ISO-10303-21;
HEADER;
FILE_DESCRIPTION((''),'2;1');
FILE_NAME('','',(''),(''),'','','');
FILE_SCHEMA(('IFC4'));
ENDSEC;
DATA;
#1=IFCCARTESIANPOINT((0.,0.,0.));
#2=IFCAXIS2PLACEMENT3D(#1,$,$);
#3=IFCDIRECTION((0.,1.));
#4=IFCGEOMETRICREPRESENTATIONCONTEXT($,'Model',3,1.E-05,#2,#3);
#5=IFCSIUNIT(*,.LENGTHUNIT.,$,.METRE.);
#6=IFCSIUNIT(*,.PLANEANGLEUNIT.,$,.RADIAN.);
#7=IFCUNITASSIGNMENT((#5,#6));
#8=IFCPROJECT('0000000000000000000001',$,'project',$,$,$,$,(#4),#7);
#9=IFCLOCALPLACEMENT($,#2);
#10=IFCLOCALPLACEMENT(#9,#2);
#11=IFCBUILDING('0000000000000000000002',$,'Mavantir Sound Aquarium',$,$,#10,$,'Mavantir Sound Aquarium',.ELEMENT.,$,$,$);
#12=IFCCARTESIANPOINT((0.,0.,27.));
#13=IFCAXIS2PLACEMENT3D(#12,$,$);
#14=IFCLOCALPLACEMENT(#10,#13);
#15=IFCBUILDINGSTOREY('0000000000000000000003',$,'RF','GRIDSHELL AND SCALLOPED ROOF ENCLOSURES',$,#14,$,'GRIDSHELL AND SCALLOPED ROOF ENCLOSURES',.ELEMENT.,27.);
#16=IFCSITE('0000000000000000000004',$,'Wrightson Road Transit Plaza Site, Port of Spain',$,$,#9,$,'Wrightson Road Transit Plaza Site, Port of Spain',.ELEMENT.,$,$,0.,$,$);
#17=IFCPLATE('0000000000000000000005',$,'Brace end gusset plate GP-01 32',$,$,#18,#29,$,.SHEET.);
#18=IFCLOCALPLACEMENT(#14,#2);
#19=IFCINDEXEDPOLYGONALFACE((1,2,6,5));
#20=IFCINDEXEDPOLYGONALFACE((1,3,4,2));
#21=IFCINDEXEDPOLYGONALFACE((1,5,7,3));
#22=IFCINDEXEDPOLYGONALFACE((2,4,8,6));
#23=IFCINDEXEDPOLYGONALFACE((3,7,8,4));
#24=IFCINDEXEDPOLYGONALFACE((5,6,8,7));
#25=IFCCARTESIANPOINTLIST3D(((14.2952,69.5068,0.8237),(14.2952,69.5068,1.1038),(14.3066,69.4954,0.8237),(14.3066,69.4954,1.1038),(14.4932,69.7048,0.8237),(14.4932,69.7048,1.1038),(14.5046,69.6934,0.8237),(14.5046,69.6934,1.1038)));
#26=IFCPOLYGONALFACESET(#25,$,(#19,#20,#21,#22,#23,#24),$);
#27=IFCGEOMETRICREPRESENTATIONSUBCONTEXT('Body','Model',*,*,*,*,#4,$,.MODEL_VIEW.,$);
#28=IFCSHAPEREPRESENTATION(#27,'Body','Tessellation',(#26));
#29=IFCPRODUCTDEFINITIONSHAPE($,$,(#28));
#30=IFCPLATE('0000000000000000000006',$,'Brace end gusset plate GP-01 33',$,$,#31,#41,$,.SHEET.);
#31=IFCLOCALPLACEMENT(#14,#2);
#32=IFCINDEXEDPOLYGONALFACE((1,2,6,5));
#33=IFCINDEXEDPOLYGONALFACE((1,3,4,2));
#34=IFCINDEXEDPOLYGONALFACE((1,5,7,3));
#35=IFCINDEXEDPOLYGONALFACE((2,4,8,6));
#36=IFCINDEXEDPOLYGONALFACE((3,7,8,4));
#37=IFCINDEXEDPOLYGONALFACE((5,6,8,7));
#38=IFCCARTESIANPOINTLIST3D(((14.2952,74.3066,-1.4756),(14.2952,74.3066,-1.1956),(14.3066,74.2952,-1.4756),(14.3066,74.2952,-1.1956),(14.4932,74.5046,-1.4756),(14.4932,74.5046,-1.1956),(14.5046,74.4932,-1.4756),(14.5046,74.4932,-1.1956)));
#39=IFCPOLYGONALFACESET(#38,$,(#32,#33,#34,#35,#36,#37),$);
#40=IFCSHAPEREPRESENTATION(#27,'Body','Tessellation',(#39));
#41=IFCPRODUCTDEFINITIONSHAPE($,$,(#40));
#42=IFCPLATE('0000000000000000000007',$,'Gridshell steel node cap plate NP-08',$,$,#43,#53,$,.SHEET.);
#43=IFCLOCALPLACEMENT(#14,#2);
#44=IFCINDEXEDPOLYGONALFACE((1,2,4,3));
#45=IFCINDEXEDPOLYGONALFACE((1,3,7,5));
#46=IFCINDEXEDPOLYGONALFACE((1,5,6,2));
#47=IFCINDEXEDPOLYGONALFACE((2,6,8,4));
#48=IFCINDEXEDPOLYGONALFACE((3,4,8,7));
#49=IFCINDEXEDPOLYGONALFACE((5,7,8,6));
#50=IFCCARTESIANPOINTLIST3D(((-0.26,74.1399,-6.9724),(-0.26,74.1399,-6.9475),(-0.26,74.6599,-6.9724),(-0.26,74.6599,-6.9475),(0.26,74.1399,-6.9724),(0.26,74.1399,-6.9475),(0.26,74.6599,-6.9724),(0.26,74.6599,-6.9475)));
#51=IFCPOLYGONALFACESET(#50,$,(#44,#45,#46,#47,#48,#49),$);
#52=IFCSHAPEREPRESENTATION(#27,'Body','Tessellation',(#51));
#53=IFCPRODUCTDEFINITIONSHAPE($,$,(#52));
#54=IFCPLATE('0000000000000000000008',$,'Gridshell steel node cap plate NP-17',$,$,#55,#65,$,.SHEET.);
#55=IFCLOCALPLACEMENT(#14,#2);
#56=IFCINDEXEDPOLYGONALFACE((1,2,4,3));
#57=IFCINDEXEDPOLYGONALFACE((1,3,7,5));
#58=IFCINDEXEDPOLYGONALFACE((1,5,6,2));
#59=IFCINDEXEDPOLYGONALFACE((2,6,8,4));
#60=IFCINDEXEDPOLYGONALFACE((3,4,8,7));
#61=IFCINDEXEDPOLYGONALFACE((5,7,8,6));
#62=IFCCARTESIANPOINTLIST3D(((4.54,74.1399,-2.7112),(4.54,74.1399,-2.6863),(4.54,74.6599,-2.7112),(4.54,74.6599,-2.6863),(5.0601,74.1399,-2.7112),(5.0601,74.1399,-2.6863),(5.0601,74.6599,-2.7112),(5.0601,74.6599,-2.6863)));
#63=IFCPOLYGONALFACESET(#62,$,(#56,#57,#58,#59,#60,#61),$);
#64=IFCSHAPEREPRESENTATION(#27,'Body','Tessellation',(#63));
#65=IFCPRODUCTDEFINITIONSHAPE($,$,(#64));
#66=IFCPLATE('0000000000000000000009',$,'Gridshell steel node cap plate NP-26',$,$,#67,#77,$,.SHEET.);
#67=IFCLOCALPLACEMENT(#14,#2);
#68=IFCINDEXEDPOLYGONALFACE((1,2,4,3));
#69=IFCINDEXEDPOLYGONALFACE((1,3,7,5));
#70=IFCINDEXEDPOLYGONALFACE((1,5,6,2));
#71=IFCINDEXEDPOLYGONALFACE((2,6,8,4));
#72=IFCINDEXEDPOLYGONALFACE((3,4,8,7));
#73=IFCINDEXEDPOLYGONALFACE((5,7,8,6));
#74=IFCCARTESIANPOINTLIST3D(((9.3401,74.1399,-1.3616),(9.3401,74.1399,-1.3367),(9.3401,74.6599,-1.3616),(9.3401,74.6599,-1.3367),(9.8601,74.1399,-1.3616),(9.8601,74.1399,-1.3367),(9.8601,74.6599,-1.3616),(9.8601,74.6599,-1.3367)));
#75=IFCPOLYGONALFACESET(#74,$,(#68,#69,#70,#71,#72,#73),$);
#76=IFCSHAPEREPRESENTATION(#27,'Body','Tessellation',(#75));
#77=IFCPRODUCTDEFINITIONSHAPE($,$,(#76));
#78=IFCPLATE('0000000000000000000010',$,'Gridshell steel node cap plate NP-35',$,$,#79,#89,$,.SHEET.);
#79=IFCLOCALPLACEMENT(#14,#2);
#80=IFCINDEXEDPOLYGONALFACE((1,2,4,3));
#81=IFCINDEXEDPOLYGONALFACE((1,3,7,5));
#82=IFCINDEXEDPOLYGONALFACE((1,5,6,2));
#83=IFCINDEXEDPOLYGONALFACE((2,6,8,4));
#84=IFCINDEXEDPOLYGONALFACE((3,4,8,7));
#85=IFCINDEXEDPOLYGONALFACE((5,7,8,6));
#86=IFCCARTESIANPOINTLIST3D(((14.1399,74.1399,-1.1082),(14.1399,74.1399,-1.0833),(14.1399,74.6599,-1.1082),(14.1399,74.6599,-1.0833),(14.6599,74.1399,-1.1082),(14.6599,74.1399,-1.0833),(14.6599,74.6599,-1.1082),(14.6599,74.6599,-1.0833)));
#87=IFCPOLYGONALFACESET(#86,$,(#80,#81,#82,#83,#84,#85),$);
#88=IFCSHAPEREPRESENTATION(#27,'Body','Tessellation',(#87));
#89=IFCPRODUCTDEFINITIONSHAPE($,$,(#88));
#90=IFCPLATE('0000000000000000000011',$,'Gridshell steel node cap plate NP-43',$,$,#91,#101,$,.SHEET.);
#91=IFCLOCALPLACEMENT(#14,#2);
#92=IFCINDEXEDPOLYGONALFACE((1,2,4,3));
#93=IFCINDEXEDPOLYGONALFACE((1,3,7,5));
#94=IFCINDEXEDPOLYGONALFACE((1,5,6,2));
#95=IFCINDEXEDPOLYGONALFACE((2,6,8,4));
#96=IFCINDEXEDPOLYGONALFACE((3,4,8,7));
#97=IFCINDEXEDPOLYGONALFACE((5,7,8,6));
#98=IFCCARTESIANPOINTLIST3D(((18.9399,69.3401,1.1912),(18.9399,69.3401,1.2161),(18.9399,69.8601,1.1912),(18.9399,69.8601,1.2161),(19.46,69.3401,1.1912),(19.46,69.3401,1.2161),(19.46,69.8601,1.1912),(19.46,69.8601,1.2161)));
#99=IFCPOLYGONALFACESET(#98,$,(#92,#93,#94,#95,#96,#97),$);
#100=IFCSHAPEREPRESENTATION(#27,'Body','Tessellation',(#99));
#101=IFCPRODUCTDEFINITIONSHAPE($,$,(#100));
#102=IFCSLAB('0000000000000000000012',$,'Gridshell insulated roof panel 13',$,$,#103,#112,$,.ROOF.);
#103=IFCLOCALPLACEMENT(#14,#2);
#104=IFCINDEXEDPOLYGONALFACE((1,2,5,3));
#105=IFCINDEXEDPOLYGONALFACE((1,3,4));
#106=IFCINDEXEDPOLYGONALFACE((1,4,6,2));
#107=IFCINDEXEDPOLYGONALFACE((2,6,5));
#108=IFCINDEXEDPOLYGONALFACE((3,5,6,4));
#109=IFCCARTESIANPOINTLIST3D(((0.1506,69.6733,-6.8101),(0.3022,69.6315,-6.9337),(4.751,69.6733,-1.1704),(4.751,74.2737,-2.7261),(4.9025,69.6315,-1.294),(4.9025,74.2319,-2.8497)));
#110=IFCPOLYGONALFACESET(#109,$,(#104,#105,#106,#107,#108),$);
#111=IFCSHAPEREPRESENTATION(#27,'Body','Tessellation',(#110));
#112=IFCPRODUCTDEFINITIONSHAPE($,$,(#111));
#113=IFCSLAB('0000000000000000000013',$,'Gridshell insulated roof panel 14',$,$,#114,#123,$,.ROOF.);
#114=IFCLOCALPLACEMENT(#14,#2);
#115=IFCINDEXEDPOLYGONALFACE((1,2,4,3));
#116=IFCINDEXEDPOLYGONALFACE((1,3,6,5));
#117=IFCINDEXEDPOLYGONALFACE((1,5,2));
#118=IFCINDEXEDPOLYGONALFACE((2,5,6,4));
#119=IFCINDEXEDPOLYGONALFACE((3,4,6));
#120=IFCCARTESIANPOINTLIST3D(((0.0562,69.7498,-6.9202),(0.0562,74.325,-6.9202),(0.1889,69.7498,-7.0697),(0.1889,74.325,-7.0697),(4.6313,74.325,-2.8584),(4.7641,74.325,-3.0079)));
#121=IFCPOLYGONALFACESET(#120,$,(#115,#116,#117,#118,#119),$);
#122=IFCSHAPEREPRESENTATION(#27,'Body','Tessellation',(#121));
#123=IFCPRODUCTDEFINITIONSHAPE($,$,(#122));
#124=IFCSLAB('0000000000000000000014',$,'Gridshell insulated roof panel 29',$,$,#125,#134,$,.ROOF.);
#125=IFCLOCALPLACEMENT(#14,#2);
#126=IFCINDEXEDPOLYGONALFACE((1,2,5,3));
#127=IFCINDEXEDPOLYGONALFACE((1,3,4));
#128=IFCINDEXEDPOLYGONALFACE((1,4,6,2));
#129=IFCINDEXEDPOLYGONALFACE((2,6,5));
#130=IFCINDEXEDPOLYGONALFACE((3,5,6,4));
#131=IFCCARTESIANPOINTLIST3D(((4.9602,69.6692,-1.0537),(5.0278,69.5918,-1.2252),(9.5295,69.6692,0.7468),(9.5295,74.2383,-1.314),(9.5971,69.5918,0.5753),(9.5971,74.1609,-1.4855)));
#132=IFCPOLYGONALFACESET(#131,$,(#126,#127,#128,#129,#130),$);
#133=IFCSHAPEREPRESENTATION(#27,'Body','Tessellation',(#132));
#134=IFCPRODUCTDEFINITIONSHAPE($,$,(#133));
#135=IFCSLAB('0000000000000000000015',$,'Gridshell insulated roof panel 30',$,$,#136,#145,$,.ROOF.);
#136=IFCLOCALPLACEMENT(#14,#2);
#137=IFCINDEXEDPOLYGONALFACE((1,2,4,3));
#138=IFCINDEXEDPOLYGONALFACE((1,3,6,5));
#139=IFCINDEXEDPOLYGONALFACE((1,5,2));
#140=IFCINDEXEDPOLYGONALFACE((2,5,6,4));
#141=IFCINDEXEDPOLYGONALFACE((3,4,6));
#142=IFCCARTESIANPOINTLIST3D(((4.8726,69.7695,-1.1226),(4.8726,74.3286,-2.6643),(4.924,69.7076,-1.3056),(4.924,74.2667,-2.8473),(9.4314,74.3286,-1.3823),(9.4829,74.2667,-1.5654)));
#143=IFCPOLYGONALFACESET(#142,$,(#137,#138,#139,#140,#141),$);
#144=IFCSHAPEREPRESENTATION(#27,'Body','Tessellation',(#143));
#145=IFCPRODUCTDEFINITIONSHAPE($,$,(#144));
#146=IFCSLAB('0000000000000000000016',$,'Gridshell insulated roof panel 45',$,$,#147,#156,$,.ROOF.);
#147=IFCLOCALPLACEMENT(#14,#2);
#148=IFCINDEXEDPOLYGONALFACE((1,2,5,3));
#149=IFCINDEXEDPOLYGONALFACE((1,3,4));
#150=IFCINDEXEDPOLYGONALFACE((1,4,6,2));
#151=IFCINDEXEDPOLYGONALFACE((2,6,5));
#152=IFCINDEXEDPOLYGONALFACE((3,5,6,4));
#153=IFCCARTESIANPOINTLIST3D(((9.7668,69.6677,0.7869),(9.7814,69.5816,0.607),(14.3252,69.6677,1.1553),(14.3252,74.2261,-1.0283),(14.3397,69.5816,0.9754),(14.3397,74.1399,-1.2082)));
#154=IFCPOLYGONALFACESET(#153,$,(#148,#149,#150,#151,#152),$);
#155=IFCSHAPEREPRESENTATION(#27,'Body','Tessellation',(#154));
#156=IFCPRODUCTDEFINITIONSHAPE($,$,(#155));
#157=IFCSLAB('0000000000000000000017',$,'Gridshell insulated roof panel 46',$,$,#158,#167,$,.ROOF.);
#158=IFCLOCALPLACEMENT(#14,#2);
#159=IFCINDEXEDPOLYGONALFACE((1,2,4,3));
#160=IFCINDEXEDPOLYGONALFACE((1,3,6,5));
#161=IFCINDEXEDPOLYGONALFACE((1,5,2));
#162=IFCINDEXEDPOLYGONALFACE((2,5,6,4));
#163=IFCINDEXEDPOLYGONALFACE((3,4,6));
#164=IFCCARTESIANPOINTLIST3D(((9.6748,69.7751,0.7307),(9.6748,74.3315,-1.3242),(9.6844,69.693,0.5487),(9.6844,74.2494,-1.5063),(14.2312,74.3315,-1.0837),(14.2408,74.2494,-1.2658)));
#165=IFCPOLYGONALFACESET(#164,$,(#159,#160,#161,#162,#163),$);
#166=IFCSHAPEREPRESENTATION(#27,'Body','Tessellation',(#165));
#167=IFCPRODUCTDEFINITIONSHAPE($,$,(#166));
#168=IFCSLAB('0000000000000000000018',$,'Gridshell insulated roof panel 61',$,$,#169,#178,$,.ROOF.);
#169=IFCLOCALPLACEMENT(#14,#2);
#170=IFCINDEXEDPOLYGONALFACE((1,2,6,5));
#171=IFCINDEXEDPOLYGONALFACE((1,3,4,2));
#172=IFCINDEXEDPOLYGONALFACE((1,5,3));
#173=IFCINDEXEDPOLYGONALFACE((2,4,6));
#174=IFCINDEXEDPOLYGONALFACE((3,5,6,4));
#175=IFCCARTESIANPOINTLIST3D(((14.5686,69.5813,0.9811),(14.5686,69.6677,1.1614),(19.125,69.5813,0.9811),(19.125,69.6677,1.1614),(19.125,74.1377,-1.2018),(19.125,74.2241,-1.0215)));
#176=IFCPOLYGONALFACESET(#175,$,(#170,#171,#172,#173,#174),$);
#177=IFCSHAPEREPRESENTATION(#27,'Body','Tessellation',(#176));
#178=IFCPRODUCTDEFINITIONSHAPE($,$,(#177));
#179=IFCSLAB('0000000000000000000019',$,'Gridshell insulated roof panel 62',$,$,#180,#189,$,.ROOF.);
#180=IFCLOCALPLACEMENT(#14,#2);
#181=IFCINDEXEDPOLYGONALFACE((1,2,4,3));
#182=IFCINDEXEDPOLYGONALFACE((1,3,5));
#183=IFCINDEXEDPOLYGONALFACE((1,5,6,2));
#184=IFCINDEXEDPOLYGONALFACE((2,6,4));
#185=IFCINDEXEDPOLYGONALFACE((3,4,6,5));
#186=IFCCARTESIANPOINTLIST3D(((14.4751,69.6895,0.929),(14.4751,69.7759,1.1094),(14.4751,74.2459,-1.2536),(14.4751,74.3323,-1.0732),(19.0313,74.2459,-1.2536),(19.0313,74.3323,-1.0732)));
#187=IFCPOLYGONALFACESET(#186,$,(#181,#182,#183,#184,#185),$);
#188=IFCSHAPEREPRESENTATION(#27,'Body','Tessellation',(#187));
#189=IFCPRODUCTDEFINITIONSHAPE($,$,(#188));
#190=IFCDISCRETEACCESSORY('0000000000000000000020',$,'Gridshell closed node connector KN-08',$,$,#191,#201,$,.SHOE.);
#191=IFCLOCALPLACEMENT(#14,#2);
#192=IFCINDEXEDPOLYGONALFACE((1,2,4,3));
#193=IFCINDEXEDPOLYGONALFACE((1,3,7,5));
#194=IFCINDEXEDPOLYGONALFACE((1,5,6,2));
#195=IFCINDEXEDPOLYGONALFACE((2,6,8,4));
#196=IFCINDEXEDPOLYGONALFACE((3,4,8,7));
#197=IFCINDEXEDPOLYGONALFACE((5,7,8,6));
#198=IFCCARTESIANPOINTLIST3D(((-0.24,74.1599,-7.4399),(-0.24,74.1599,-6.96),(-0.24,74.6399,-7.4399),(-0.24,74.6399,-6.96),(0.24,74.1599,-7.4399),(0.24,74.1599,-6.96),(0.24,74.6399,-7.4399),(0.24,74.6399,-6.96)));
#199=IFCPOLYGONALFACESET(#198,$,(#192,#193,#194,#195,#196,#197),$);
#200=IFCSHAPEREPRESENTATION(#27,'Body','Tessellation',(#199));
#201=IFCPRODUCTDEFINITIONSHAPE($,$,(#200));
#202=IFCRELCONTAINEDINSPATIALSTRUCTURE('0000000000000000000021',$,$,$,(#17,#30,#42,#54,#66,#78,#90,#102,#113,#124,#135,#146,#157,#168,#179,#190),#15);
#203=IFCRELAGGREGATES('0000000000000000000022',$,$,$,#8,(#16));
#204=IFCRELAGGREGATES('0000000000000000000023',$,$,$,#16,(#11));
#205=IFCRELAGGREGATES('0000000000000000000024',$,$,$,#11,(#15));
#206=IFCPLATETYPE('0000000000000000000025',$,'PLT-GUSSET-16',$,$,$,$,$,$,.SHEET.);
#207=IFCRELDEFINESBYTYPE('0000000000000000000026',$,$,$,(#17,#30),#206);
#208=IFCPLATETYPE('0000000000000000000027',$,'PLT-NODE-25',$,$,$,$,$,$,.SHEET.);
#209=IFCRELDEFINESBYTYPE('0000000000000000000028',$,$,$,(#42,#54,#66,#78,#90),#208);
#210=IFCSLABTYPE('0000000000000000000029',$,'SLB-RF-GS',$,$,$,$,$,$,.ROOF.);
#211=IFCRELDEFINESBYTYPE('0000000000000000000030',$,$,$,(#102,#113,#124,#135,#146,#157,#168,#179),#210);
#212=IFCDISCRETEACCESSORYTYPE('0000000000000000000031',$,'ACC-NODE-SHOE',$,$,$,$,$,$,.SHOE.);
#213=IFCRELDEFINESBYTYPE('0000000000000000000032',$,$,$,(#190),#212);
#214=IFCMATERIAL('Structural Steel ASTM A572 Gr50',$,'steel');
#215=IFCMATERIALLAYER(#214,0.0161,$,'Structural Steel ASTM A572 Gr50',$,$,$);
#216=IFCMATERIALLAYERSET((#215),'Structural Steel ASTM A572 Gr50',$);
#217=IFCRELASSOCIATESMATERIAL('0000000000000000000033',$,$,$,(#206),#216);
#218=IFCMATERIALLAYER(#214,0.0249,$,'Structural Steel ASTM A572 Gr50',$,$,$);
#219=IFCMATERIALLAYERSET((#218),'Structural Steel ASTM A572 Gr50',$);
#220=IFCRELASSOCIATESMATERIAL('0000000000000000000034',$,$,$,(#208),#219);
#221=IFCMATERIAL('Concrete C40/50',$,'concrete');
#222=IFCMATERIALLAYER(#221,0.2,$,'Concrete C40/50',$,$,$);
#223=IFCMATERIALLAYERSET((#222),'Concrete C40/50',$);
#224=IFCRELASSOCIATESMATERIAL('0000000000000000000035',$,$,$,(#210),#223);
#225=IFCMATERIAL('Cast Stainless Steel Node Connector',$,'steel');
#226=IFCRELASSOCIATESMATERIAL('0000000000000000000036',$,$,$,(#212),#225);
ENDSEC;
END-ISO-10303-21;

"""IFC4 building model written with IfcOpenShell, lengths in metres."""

from ifc_helpers import new_model, si_unit, direction, frame, origin, origin_2d, place, context, subcontext, project, spatial, polyline, rectangle, outline, extrude, material, layer, layer_set, type_object, element, save


model = new_model("IFC4")

# Units and contexts
model_context = context("Model", 3, precision=1e-05, world=origin(), true_north=direction((0.0, 1.0)))
body_context = subcontext(model_context, "Body", "Model", "MODEL_VIEW")
ifc_project = project(units=[si_unit("LENGTHUNIT", "METRE"), si_unit("PLANEANGLEUNIT", "RADIAN")], contexts=[model_context])

# Site, building, storey
site_placement = place(None, origin())
site = spatial("IfcSite", under=ifc_project, at=site_placement, Name="Wrightson Road Transit Plaza Site, Port of Spain", LongName="Wrightson Road Transit Plaza Site, Port of Spain", CompositionType="ELEMENT", RefElevation=0.0)
building_placement = place(site_placement, origin())
building = spatial("IfcBuilding", under=site, at=building_placement, Name="Mavantir Sound Aquarium", LongName="Mavantir Sound Aquarium", CompositionType="ELEMENT")
storey_placement = place(building_placement, frame((0.0, 0.0, 27.0)))
storey = spatial("IfcBuildingStorey", under=building, at=storey_placement, Name="RF", Description="GRIDSHELL AND SCALLOPED ROOF ENCLOSURES", LongName="GRIDSHELL AND SCALLOPED ROOF ENCLOSURES", CompositionType="ELEMENT", Elevation=27.0)

# Plates
ifc_material_1 = material(Name="Structural Steel ASTM A572 Gr50", Category="steel")
ifc_layer_1 = layer(ifc_material_1, 0.0161, Name="Structural Steel ASTM A572 Gr50")
ifc_layer_set_1 = layer_set([ifc_layer_1], Name="Structural Steel ASTM A572 Gr50")
plate_type_1 = type_object("IfcPlateType", Name="PLT-GUSSET-16", PredefinedType="SHEET", material=ifc_layer_set_1)
for number, where, z_axis, x_axis, name in (
    (1, (14.3999, 69.6001, 0.8237), (0.0, 0.0, 1.0), (0.707107, 0.707107, 0.0), "Brace end gusset plate GP-01 32"),
    (2, (14.3999, 74.3999, -1.4756), (0.0, 0.0, 1.0), (0.707107, 0.707107, 0.0), "Brace end gusset plate GP-01 33"),
):
    element("IfcPlate", number, at=place(storey_placement, frame(where, z_axis=z_axis, x_axis=x_axis)), inside=storey, type_object=plate_type_1, Name=name, PredefinedType="SHEET", context=body_context, shape_type="SweptSolid", body=[
        extrude(rectangle(XDim=0.28, YDim=0.0161, at=origin_2d()), origin(), (0.0, 0.0, 1.0), 0.28),
    ])
ifc_layer_2 = layer(ifc_material_1, 0.0249, Name="Structural Steel ASTM A572 Gr50")
ifc_layer_set_2 = layer_set([ifc_layer_2], Name="Structural Steel ASTM A572 Gr50")
plate_type_2 = type_object("IfcPlateType", Name="PLT-NODE-25", PredefinedType="SHEET", material=ifc_layer_set_2)
for number, where, z_axis, x_axis, name in (
    (3, (0.0, 74.3999, -6.9724), (0.0, 0.0, 1.0), (1.0, 0.0, 0.0), "Gridshell steel node cap plate NP-08"),
    (4, (4.8, 74.3999, -2.7112), (0.0, 0.0, 1.0), (1.0, 0.0, 0.0), "Gridshell steel node cap plate NP-17"),
    (5, (9.6001, 74.3999, -1.3616), (0.0, 0.0, 1.0), (1.0, 0.0, 0.0), "Gridshell steel node cap plate NP-26"),
    (6, (14.3999, 74.3999, -1.1082), (0.0, 0.0, 1.0), (1.0, 0.0, 0.0), "Gridshell steel node cap plate NP-35"),
    (7, (19.2, 69.6001, 1.1912), (0.0, 0.0, 1.0), (1.0, 0.0, 0.0), "Gridshell steel node cap plate NP-43"),
):
    element("IfcPlate", number, at=place(storey_placement, frame(where, z_axis=z_axis, x_axis=x_axis)), inside=storey, type_object=plate_type_2, Name=name, PredefinedType="SHEET", context=body_context, shape_type="SweptSolid", body=[
        extrude(rectangle(XDim=0.52, YDim=0.52, at=origin_2d()), origin(), (0.0, 0.0, 1.0), 0.0249),
    ])

# Slabs
ifc_material_2 = material(Name="Concrete C40/50", Category="concrete")
ifc_layer_3 = layer(ifc_material_2, 0.2, Name="Concrete C40/50")
ifc_layer_set_3 = layer_set([ifc_layer_3], Name="Concrete C40/50")
slab_type = type_object("IfcSlabType", Name="SLB-RF-GS", PredefinedType="ROOF", material=ifc_layer_set_3)
slab_1_placement = place(storey_placement, frame((0.1506, 69.6733, -6.8101), z_axis=(-0.757776, 0.209028, 0.618129), x_axis=(0.632092, 0.0, 0.774894)))
element("IfcSlab", 8, at=slab_1_placement, inside=storey, type_object=slab_type, Name="Gridshell insulated roof panel 13", PredefinedType="ROOF", context=body_context, shape_type="SweptSolid", body=[
    extrude(outline(polyline([(0.0, 0.0), (7.278, 0.0), (6.0725, 4.7043), (0.0, 0.0)])), origin(), (0.0, 0.0, -1.0), 0.2),
])
slab_2_placement = place(storey_placement, frame((0.0562, 69.7498, -6.9202), z_axis=(-0.663901, 0.0, 0.747821), x_axis=(0.598883, 0.598883, 0.531676)))
element("IfcSlab", 9, at=slab_2_placement, inside=storey, type_object=slab_type, Name="Gridshell insulated roof panel 14", PredefinedType="ROOF", context=body_context, shape_type="SweptSolid", body=[
    extrude(outline(polyline([(0.0, 0.0), (7.6396, 0.0), (2.74, 3.664), (0.0, 0.0)])), origin(), (0.0, 0.0, -1.0), 0.2),
])
slab_3_placement = place(storey_placement, frame((4.9602, 69.6692, -1.0537), z_axis=(-0.338055, 0.386939, 0.857903), x_axis=(0.930374, 0.0, 0.366612)))
element("IfcSlab", 10, at=slab_3_placement, inside=storey, type_object=slab_type, Name="Gridshell insulated roof panel 29", PredefinedType="ROOF", context=body_context, shape_type="SweptSolid", body=[
    extrude(outline(polyline([(0.0, 0.0), (4.9113, 0.0), (4.1558, 4.9551), (0.0, 0.0)])), origin(), (0.0, 0.0, -1.0), 0.2),
])
slab_4_placement = place(storey_placement, frame((4.8726, 69.7695, -1.1226), z_axis=(-0.257412, 0.309554, 0.915377), x_axis=(0.706515, 0.706552, -0.040258)))
element("IfcSlab", 11, at=slab_4_placement, inside=storey, type_object=slab_type, Name="Gridshell insulated roof panel 30", PredefinedType="ROOF", context=body_context, shape_type="SweptSolid", body=[
    extrude(outline(polyline([(0.0, 0.0), (6.4526, 0.0), (3.2833, 3.5188), (0.0, 0.0)])), origin(), (0.0, 0.0, -1.0), 0.2),
])
slab_5_placement = place(storey_placement, frame((9.7668, 69.6677, 0.7869), z_axis=(-0.072696, 0.430878, 0.899477), x_axis=(0.99675, 0.0, 0.080558)))
element("IfcSlab", 12, at=slab_5_placement, inside=storey, type_object=slab_type, Name="Gridshell insulated roof panel 45", PredefinedType="ROOF", context=body_context, shape_type="SweptSolid", body=[
    extrude(outline(polyline([(0.0, 0.0), (4.5732, 0.0), (4.3973, 5.0513), (0.0, 0.0)])), origin(), (0.0, 0.0, -1.0), 0.2),
])
slab_6_placement = place(storey_placement, frame((9.6748, 69.7751, 0.7307), z_axis=(-0.048056, 0.410647, 0.910527), x_axis=(0.680638, 0.680638, -0.271044)))
element("IfcSlab", 13, at=slab_6_placement, inside=storey, type_object=slab_type, Name="Gridshell insulated roof panel 46", PredefinedType="ROOF", context=body_context, shape_type="SweptSolid", body=[
    extrude(outline(polyline([(0.0, 0.0), (6.6943, 0.0), (3.6582, 3.406), (0.0, 0.0)])), origin(), (0.0, 0.0, -1.0), 0.2),
])
slab_7_placement = place(storey_placement, frame((14.5686, 69.6677, 1.1614), z_axis=(0.0, 0.432054, 0.901848), x_axis=(1.0, 0.0, 0.0)))
element("IfcSlab", 14, at=slab_7_placement, inside=storey, type_object=slab_type, Name="Gridshell insulated roof panel 61", PredefinedType="ROOF", context=body_context, shape_type="SweptSolid", body=[
    extrude(outline(polyline([(0.0, 0.0), (4.5564, 0.0), (4.5564, 5.0523), (0.0, 0.0)])), origin(), (0.0, 0.0, -1.0), 0.2),
])
slab_8_placement = place(storey_placement, frame((14.4751, 69.7759, 1.1094), z_axis=(0.0, 0.432015, 0.901867), x_axis=(0.66971, 0.669746, -0.320824)))
element("IfcSlab", 15, at=slab_8_placement, inside=storey, type_object=slab_type, Name="Gridshell insulated roof panel 62", PredefinedType="ROOF", context=body_context, shape_type="SweptSolid", body=[
    extrude(outline(polyline([(0.0, 0.0), (6.8032, 0.0), (3.7519, 3.3835), (0.0, 0.0)])), origin(), (0.0, 0.0, -1.0), 0.2),
])

# Discrete accessory
ifc_material_3 = material(Name="Cast Stainless Steel Node Connector", Category="steel")
discrete_accessory_type = type_object("IfcDiscreteAccessoryType", Name="ACC-NODE-SHOE", PredefinedType="SHOE", material=ifc_material_3)
for number, where, z_axis, x_axis, name in (
    (16, (0.0, 74.3999, -7.4399), (0.0, 0.0, 1.0), (1.0, 0.0, 0.0), "Gridshell closed node connector KN-08"),
):
    element("IfcDiscreteAccessory", number, at=place(storey_placement, frame(where, z_axis=z_axis, x_axis=x_axis)), inside=storey, type_object=discrete_accessory_type, Name=name, PredefinedType="SHOE", context=body_context, shape_type="SweptSolid", body=[
        extrude(rectangle(XDim=0.48, YDim=0.48, at=origin_2d()), origin(), (0.0, 0.0, 1.0), 0.48),
    ])

save(model, "model.ifc")
